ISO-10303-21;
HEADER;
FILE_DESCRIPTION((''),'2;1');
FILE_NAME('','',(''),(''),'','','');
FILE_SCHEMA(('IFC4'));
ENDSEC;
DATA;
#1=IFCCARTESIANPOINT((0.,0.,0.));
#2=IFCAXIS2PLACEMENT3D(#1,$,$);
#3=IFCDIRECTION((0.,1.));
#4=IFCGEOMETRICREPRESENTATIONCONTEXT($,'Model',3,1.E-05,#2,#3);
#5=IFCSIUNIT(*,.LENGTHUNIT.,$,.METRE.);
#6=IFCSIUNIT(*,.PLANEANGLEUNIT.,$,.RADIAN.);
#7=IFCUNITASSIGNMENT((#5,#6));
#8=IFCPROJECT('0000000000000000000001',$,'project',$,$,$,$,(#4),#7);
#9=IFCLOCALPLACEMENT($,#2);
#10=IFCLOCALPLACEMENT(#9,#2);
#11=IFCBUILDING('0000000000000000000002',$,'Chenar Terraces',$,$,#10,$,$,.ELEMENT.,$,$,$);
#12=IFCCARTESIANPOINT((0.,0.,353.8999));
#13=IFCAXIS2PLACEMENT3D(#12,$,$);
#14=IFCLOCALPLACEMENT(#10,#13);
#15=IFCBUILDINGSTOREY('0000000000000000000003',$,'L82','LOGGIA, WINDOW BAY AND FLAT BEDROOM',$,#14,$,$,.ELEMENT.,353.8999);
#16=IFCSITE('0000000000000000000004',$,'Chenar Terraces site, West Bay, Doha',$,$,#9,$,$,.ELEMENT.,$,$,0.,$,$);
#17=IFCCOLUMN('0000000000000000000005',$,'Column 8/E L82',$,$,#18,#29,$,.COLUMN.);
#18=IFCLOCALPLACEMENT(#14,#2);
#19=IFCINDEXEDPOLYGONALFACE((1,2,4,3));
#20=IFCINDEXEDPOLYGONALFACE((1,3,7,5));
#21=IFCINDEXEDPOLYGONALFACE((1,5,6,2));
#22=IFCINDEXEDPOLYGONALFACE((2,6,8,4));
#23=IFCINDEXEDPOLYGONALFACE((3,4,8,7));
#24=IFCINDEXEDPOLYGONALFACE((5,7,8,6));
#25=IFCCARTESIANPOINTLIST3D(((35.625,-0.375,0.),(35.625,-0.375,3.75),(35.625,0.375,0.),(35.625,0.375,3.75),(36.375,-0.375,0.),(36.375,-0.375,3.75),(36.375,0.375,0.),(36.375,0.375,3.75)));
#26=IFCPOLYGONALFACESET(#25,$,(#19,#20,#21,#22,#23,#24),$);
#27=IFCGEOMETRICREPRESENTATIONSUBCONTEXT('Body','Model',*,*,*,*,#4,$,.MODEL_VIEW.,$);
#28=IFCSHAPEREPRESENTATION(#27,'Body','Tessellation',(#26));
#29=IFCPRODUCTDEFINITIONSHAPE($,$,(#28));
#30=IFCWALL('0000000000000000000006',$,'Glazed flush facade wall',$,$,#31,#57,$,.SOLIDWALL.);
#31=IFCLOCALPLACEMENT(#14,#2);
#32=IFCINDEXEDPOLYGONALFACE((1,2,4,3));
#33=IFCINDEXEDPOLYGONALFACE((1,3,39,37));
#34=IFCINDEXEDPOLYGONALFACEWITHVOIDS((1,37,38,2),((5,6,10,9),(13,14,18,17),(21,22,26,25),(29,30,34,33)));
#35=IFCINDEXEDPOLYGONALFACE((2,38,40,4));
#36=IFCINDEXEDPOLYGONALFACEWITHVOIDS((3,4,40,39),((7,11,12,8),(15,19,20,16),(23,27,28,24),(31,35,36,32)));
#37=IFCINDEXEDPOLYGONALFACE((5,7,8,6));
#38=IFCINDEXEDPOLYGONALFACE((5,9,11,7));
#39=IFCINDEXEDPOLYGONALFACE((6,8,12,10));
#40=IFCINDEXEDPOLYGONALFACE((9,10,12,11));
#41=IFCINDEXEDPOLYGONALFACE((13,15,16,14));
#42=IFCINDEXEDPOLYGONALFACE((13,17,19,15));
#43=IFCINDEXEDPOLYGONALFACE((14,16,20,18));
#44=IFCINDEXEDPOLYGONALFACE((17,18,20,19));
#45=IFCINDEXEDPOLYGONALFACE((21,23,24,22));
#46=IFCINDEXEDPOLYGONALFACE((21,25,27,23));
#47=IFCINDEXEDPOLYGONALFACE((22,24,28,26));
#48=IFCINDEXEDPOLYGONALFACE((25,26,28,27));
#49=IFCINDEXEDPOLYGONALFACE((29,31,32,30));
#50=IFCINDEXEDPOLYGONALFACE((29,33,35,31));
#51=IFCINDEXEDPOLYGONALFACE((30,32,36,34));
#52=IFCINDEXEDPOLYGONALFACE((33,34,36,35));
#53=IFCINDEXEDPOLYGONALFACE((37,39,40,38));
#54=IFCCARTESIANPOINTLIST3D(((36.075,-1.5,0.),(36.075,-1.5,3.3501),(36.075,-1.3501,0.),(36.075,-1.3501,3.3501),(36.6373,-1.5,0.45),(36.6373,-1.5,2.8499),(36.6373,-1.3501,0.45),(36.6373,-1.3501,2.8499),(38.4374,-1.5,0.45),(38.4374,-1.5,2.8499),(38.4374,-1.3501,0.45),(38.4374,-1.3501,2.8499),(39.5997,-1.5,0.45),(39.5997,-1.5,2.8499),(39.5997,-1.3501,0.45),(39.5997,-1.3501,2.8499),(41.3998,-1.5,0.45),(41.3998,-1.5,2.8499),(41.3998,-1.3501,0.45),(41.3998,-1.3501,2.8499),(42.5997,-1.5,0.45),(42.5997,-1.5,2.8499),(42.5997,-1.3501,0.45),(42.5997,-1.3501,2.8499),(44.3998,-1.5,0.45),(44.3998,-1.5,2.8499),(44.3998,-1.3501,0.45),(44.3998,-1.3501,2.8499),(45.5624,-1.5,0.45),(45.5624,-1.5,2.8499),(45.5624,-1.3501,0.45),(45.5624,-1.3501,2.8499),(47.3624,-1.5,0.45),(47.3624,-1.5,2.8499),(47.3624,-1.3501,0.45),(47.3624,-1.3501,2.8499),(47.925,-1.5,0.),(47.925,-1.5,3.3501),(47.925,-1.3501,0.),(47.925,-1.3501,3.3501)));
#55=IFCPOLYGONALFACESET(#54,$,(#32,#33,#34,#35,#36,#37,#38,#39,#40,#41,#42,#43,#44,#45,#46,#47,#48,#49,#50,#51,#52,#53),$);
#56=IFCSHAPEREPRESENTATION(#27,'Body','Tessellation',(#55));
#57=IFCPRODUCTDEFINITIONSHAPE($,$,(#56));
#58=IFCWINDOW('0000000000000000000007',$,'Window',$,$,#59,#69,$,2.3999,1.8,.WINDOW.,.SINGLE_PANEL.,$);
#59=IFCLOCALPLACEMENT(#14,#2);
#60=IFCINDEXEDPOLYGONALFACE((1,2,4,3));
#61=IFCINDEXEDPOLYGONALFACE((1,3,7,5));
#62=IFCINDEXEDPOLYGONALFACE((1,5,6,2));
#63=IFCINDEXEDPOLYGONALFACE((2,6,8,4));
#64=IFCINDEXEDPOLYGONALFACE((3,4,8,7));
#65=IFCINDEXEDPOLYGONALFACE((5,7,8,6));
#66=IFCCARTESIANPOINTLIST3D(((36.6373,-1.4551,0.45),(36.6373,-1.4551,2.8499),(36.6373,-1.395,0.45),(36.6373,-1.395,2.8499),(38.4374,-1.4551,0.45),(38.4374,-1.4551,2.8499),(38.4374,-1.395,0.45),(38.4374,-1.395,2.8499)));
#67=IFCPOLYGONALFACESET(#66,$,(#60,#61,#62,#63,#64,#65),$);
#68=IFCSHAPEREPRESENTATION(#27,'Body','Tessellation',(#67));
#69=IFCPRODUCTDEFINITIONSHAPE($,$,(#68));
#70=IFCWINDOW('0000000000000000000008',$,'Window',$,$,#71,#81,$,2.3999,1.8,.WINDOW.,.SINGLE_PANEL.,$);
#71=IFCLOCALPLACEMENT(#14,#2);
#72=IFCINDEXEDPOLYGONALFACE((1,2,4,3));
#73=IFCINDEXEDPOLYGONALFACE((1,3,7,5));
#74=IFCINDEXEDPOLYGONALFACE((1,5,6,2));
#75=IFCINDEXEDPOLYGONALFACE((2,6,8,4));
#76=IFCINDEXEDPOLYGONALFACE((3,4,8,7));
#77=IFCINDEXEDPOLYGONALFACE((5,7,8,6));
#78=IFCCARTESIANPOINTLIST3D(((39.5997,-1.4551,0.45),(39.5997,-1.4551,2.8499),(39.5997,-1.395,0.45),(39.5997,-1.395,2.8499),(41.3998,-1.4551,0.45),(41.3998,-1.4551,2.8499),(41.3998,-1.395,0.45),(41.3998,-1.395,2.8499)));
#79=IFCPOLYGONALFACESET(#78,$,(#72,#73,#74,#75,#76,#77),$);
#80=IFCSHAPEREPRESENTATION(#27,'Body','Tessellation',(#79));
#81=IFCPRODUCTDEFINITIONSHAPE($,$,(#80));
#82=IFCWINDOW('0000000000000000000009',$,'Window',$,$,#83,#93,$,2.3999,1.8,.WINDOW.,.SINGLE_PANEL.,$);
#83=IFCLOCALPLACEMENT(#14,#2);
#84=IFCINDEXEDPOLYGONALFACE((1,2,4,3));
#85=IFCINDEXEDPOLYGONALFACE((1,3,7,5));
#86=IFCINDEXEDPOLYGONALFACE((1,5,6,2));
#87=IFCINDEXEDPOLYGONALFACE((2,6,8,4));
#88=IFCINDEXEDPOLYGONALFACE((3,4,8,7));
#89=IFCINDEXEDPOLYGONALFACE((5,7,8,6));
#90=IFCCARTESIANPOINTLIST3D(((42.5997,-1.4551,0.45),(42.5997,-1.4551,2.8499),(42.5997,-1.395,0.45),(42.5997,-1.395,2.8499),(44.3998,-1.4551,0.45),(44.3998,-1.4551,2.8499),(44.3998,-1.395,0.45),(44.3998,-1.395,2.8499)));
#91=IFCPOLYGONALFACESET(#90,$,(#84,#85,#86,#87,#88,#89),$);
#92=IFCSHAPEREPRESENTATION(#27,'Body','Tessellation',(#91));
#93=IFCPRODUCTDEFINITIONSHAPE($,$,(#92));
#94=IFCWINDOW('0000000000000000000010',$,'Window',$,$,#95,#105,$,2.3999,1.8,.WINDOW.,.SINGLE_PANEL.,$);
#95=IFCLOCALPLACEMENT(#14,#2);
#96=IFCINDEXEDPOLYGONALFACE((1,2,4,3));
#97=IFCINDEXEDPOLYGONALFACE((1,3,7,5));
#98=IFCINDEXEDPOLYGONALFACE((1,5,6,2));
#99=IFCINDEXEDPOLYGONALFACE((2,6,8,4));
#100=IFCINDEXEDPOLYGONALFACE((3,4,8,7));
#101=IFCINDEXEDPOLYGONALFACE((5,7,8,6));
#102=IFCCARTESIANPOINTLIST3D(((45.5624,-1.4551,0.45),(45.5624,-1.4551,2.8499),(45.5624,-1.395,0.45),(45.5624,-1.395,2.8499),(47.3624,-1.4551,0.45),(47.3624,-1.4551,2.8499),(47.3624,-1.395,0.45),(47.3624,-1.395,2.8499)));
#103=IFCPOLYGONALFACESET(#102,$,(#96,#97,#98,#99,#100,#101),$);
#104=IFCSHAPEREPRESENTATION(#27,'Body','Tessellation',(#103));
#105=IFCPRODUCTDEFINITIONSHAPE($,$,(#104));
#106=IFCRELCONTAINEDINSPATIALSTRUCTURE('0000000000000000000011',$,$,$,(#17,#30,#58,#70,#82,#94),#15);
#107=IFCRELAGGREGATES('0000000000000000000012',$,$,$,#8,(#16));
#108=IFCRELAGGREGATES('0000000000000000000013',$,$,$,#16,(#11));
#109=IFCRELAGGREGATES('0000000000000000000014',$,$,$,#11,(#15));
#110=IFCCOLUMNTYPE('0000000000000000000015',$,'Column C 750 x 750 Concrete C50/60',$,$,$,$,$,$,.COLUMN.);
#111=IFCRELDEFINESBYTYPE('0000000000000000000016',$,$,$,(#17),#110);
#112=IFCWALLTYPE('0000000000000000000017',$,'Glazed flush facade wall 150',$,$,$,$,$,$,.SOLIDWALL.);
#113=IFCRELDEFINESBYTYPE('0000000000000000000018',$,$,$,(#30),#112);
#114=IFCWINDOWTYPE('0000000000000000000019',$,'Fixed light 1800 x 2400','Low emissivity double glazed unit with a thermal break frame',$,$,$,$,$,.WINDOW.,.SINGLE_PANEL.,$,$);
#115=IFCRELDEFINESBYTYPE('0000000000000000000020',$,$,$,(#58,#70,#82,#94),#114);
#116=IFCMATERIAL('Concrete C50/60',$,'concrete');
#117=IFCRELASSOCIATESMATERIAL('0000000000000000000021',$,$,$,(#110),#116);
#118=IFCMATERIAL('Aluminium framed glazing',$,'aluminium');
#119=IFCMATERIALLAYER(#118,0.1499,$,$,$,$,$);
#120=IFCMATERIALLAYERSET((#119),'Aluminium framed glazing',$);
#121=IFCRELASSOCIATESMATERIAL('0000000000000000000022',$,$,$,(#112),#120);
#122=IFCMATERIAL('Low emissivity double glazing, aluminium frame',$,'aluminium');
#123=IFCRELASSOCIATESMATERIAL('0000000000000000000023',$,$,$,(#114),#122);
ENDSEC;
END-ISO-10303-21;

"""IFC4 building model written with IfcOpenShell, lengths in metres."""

from ifc_helpers import new_model, si_unit, direction, frame, frame_2d, origin, origin_2d, place, context, subcontext, project, spatial, rectangle, extrude, material, layer, layer_set, material_profile, profile_set, type_object, element, fill, save


model = new_model("IFC4")

# Units and contexts
model_context = context("Model", 3, precision=1e-05, world=origin(), true_north=direction((0.0, 1.0)))
body_context = subcontext(model_context, "Body", "Model", "MODEL_VIEW")
ifc_project = project(units=[si_unit("LENGTHUNIT", "METRE"), si_unit("PLANEANGLEUNIT", "RADIAN")], contexts=[model_context])

# Site, building, storey
site_placement = place(None, origin())
site = spatial("IfcSite", under=ifc_project, at=site_placement, Name="Chenar Terraces site, West Bay, Doha", CompositionType="ELEMENT", RefElevation=0.0)
building_placement = place(site_placement, origin())
building = spatial("IfcBuilding", under=site, at=building_placement, Name="Chenar Terraces", CompositionType="ELEMENT")
storey_placement = place(building_placement, frame((0.0, 0.0, 353.8999)))
storey = spatial("IfcBuildingStorey", under=building, at=storey_placement, Name="L82", Description="LOGGIA, WINDOW BAY AND FLAT BEDROOM", CompositionType="ELEMENT", Elevation=353.8999)

# Column
ifc_material_1 = material(Name="Concrete C50/60", Category="concrete")
ifc_material_profile_1 = material_profile(ifc_material_1, rectangle(XDim=0.75, YDim=0.75, at=origin_2d()), Name="C 750 x 750")
ifc_profile_set_1 = profile_set([ifc_material_profile_1], Name="Concrete C50/60")
column_type = type_object("IfcColumnType", Name="Column C 750 x 750 Concrete C50/60", PredefinedType="COLUMN", material=ifc_profile_set_1)
column_placement = place(storey_placement, frame((36.0, 0.0, 0.0), z_axis=(0.0, 0.0, 1.0), x_axis=(1.0, 0.0, 0.0)))
element("IfcColumn", 1, at=column_placement, inside=storey, type_object=column_type, Name="Column 8/E L82", PredefinedType="COLUMN", context=body_context, shape_type="SweptSolid", body=[
    extrude(rectangle(XDim=0.75, YDim=0.75, at=origin_2d()), origin(), (0.0, 0.0, 1.0), 3.75),
])

# Wall, openings, windows
ifc_material_2 = material(Name="Aluminium framed glazing", Category="aluminium")
ifc_layer_1 = layer(ifc_material_2, 0.1499)
ifc_layer_set_1 = layer_set([ifc_layer_1], Name="Aluminium framed glazing")
wall_type_1 = type_object("IfcWallType", Name="Glazed flush facade wall 150", PredefinedType="SOLIDWALL", material=ifc_layer_set_1)
wall_1_placement = place(storey_placement, frame((36.075, -1.425, 0.0), z_axis=(0.0, 0.0, 1.0), x_axis=(1.0, 0.0, 0.0)))
wall_1 = element("IfcWall", 2, at=wall_1_placement, inside=storey, type_object=wall_type_1, Name="Glazed flush facade wall", PredefinedType="SOLIDWALL", context=body_context, shape_type="SweptSolid", body=[
    extrude(rectangle(XDim=11.8501, YDim=0.1499, at=frame_2d((5.925, 0.0))), origin(), (0.0, 0.0, 1.0), 3.3501),
])
opening_1_placement = place(wall_1_placement, frame((0.5625, 0.0, 0.45)))
opening_1 = element("IfcOpeningElement", 3, at=opening_1_placement, cuts=wall_1, PredefinedType="OPENING", context=body_context, shape_type="SweptSolid", body=[
    extrude(rectangle(XDim=1.8, YDim=2.3999, at=frame_2d((0.8999, 1.2))), frame((0.0, 0.085, 0.0), z_axis=(0.0, -1.0, 0.0), x_axis=(1.0, 0.0, 0.0)), (0.0, 0.0, 1.0), 0.1699),
])
opening_2_placement = place(wall_1_placement, frame((3.5249, 0.0, 0.45)))
opening_2 = element("IfcOpeningElement", 4, at=opening_2_placement, cuts=wall_1, PredefinedType="OPENING", context=body_context, shape_type="SweptSolid", body=[
    extrude(rectangle(XDim=1.8, YDim=2.3999, at=frame_2d((0.8999, 1.2))), frame((0.0, 0.085, 0.0), z_axis=(0.0, -1.0, 0.0), x_axis=(1.0, 0.0, 0.0)), (0.0, 0.0, 1.0), 0.1699),
])
opening_3_placement = place(wall_1_placement, frame((6.5249, 0.0, 0.45)))
opening_3 = element("IfcOpeningElement", 5, at=opening_3_placement, cuts=wall_1, PredefinedType="OPENING", context=body_context, shape_type="SweptSolid", body=[
    extrude(rectangle(XDim=1.8, YDim=2.3999, at=frame_2d((0.8999, 1.2))), frame((0.0, 0.085, 0.0), z_axis=(0.0, -1.0, 0.0), x_axis=(1.0, 0.0, 0.0)), (0.0, 0.0, 1.0), 0.1699),
])
opening_4_placement = place(wall_1_placement, frame((9.4875, 0.0, 0.45)))
opening_4 = element("IfcOpeningElement", 6, at=opening_4_placement, cuts=wall_1, PredefinedType="OPENING", context=body_context, shape_type="SweptSolid", body=[
    extrude(rectangle(XDim=1.8, YDim=2.3999, at=frame_2d((0.8999, 1.2))), frame((0.0, 0.085, 0.0), z_axis=(0.0, -1.0, 0.0), x_axis=(1.0, 0.0, 0.0)), (0.0, 0.0, 1.0), 0.1699),
])
ifc_material_3 = material(Name="Low emissivity double glazing, aluminium frame", Category="aluminium")
window_type = type_object("IfcWindowType", Name="Fixed light 1800 x 2400", Description="Low emissivity double glazed unit with a thermal break frame", PartitioningType="SINGLE_PANEL", PredefinedType="WINDOW", material=ifc_material_3)
window_1_placement = place(opening_1_placement, origin())
window_1 = element("IfcWindow", 7, at=window_1_placement, inside=storey, type_object=window_type, Name="Window", OverallHeight=2.3999, OverallWidth=1.8, PartitioningType="SINGLE_PANEL", PredefinedType="WINDOW", context=body_context, shape_type="SweptSolid", body=[
    extrude(rectangle(XDim=1.8, YDim=2.3999, at=frame_2d((0.8999, 1.2))), frame((0.0, 0.03, 0.0), z_axis=(0.0, -1.0, 0.0), x_axis=(1.0, 0.0, 0.0)), (0.0, 0.0, 1.0), 0.0601),
])
fill(opening_1, window_1)
window_2_placement = place(opening_2_placement, origin())
window_2 = element("IfcWindow", 8, at=window_2_placement, inside=storey, type_object=window_type, Name="Window", OverallHeight=2.3999, OverallWidth=1.8, PartitioningType="SINGLE_PANEL", PredefinedType="WINDOW", context=body_context, shape_type="SweptSolid", body=[
    extrude(rectangle(XDim=1.8, YDim=2.3999, at=frame_2d((0.8999, 1.2))), frame((0.0, 0.03, 0.0), z_axis=(0.0, -1.0, 0.0), x_axis=(1.0, 0.0, 0.0)), (0.0, 0.0, 1.0), 0.0601),
])
fill(opening_2, window_2)
window_3_placement = place(opening_3_placement, origin())
window_3 = element("IfcWindow", 9, at=window_3_placement, inside=storey, type_object=window_type, Name="Window", OverallHeight=2.3999, OverallWidth=1.8, PartitioningType="SINGLE_PANEL", PredefinedType="WINDOW", context=body_context, shape_type="SweptSolid", body=[
    extrude(rectangle(XDim=1.8, YDim=2.3999, at=frame_2d((0.8999, 1.2))), frame((0.0, 0.03, 0.0), z_axis=(0.0, -1.0, 0.0), x_axis=(1.0, 0.0, 0.0)), (0.0, 0.0, 1.0), 0.0601),
])
fill(opening_3, window_3)
window_4_placement = place(opening_4_placement, origin())
window_4 = element("IfcWindow", 10, at=window_4_placement, inside=storey, type_object=window_type, Name="Window", OverallHeight=2.3999, OverallWidth=1.8, PartitioningType="SINGLE_PANEL", PredefinedType="WINDOW", context=body_context, shape_type="SweptSolid", body=[
    extrude(rectangle(XDim=1.8, YDim=2.3999, at=frame_2d((0.8999, 1.2))), frame((0.0, 0.03, 0.0), z_axis=(0.0, -1.0, 0.0), x_axis=(1.0, 0.0, 0.0)), (0.0, 0.0, 1.0), 0.0601),
])
fill(opening_4, window_4)

save(model, "model.ifc")
